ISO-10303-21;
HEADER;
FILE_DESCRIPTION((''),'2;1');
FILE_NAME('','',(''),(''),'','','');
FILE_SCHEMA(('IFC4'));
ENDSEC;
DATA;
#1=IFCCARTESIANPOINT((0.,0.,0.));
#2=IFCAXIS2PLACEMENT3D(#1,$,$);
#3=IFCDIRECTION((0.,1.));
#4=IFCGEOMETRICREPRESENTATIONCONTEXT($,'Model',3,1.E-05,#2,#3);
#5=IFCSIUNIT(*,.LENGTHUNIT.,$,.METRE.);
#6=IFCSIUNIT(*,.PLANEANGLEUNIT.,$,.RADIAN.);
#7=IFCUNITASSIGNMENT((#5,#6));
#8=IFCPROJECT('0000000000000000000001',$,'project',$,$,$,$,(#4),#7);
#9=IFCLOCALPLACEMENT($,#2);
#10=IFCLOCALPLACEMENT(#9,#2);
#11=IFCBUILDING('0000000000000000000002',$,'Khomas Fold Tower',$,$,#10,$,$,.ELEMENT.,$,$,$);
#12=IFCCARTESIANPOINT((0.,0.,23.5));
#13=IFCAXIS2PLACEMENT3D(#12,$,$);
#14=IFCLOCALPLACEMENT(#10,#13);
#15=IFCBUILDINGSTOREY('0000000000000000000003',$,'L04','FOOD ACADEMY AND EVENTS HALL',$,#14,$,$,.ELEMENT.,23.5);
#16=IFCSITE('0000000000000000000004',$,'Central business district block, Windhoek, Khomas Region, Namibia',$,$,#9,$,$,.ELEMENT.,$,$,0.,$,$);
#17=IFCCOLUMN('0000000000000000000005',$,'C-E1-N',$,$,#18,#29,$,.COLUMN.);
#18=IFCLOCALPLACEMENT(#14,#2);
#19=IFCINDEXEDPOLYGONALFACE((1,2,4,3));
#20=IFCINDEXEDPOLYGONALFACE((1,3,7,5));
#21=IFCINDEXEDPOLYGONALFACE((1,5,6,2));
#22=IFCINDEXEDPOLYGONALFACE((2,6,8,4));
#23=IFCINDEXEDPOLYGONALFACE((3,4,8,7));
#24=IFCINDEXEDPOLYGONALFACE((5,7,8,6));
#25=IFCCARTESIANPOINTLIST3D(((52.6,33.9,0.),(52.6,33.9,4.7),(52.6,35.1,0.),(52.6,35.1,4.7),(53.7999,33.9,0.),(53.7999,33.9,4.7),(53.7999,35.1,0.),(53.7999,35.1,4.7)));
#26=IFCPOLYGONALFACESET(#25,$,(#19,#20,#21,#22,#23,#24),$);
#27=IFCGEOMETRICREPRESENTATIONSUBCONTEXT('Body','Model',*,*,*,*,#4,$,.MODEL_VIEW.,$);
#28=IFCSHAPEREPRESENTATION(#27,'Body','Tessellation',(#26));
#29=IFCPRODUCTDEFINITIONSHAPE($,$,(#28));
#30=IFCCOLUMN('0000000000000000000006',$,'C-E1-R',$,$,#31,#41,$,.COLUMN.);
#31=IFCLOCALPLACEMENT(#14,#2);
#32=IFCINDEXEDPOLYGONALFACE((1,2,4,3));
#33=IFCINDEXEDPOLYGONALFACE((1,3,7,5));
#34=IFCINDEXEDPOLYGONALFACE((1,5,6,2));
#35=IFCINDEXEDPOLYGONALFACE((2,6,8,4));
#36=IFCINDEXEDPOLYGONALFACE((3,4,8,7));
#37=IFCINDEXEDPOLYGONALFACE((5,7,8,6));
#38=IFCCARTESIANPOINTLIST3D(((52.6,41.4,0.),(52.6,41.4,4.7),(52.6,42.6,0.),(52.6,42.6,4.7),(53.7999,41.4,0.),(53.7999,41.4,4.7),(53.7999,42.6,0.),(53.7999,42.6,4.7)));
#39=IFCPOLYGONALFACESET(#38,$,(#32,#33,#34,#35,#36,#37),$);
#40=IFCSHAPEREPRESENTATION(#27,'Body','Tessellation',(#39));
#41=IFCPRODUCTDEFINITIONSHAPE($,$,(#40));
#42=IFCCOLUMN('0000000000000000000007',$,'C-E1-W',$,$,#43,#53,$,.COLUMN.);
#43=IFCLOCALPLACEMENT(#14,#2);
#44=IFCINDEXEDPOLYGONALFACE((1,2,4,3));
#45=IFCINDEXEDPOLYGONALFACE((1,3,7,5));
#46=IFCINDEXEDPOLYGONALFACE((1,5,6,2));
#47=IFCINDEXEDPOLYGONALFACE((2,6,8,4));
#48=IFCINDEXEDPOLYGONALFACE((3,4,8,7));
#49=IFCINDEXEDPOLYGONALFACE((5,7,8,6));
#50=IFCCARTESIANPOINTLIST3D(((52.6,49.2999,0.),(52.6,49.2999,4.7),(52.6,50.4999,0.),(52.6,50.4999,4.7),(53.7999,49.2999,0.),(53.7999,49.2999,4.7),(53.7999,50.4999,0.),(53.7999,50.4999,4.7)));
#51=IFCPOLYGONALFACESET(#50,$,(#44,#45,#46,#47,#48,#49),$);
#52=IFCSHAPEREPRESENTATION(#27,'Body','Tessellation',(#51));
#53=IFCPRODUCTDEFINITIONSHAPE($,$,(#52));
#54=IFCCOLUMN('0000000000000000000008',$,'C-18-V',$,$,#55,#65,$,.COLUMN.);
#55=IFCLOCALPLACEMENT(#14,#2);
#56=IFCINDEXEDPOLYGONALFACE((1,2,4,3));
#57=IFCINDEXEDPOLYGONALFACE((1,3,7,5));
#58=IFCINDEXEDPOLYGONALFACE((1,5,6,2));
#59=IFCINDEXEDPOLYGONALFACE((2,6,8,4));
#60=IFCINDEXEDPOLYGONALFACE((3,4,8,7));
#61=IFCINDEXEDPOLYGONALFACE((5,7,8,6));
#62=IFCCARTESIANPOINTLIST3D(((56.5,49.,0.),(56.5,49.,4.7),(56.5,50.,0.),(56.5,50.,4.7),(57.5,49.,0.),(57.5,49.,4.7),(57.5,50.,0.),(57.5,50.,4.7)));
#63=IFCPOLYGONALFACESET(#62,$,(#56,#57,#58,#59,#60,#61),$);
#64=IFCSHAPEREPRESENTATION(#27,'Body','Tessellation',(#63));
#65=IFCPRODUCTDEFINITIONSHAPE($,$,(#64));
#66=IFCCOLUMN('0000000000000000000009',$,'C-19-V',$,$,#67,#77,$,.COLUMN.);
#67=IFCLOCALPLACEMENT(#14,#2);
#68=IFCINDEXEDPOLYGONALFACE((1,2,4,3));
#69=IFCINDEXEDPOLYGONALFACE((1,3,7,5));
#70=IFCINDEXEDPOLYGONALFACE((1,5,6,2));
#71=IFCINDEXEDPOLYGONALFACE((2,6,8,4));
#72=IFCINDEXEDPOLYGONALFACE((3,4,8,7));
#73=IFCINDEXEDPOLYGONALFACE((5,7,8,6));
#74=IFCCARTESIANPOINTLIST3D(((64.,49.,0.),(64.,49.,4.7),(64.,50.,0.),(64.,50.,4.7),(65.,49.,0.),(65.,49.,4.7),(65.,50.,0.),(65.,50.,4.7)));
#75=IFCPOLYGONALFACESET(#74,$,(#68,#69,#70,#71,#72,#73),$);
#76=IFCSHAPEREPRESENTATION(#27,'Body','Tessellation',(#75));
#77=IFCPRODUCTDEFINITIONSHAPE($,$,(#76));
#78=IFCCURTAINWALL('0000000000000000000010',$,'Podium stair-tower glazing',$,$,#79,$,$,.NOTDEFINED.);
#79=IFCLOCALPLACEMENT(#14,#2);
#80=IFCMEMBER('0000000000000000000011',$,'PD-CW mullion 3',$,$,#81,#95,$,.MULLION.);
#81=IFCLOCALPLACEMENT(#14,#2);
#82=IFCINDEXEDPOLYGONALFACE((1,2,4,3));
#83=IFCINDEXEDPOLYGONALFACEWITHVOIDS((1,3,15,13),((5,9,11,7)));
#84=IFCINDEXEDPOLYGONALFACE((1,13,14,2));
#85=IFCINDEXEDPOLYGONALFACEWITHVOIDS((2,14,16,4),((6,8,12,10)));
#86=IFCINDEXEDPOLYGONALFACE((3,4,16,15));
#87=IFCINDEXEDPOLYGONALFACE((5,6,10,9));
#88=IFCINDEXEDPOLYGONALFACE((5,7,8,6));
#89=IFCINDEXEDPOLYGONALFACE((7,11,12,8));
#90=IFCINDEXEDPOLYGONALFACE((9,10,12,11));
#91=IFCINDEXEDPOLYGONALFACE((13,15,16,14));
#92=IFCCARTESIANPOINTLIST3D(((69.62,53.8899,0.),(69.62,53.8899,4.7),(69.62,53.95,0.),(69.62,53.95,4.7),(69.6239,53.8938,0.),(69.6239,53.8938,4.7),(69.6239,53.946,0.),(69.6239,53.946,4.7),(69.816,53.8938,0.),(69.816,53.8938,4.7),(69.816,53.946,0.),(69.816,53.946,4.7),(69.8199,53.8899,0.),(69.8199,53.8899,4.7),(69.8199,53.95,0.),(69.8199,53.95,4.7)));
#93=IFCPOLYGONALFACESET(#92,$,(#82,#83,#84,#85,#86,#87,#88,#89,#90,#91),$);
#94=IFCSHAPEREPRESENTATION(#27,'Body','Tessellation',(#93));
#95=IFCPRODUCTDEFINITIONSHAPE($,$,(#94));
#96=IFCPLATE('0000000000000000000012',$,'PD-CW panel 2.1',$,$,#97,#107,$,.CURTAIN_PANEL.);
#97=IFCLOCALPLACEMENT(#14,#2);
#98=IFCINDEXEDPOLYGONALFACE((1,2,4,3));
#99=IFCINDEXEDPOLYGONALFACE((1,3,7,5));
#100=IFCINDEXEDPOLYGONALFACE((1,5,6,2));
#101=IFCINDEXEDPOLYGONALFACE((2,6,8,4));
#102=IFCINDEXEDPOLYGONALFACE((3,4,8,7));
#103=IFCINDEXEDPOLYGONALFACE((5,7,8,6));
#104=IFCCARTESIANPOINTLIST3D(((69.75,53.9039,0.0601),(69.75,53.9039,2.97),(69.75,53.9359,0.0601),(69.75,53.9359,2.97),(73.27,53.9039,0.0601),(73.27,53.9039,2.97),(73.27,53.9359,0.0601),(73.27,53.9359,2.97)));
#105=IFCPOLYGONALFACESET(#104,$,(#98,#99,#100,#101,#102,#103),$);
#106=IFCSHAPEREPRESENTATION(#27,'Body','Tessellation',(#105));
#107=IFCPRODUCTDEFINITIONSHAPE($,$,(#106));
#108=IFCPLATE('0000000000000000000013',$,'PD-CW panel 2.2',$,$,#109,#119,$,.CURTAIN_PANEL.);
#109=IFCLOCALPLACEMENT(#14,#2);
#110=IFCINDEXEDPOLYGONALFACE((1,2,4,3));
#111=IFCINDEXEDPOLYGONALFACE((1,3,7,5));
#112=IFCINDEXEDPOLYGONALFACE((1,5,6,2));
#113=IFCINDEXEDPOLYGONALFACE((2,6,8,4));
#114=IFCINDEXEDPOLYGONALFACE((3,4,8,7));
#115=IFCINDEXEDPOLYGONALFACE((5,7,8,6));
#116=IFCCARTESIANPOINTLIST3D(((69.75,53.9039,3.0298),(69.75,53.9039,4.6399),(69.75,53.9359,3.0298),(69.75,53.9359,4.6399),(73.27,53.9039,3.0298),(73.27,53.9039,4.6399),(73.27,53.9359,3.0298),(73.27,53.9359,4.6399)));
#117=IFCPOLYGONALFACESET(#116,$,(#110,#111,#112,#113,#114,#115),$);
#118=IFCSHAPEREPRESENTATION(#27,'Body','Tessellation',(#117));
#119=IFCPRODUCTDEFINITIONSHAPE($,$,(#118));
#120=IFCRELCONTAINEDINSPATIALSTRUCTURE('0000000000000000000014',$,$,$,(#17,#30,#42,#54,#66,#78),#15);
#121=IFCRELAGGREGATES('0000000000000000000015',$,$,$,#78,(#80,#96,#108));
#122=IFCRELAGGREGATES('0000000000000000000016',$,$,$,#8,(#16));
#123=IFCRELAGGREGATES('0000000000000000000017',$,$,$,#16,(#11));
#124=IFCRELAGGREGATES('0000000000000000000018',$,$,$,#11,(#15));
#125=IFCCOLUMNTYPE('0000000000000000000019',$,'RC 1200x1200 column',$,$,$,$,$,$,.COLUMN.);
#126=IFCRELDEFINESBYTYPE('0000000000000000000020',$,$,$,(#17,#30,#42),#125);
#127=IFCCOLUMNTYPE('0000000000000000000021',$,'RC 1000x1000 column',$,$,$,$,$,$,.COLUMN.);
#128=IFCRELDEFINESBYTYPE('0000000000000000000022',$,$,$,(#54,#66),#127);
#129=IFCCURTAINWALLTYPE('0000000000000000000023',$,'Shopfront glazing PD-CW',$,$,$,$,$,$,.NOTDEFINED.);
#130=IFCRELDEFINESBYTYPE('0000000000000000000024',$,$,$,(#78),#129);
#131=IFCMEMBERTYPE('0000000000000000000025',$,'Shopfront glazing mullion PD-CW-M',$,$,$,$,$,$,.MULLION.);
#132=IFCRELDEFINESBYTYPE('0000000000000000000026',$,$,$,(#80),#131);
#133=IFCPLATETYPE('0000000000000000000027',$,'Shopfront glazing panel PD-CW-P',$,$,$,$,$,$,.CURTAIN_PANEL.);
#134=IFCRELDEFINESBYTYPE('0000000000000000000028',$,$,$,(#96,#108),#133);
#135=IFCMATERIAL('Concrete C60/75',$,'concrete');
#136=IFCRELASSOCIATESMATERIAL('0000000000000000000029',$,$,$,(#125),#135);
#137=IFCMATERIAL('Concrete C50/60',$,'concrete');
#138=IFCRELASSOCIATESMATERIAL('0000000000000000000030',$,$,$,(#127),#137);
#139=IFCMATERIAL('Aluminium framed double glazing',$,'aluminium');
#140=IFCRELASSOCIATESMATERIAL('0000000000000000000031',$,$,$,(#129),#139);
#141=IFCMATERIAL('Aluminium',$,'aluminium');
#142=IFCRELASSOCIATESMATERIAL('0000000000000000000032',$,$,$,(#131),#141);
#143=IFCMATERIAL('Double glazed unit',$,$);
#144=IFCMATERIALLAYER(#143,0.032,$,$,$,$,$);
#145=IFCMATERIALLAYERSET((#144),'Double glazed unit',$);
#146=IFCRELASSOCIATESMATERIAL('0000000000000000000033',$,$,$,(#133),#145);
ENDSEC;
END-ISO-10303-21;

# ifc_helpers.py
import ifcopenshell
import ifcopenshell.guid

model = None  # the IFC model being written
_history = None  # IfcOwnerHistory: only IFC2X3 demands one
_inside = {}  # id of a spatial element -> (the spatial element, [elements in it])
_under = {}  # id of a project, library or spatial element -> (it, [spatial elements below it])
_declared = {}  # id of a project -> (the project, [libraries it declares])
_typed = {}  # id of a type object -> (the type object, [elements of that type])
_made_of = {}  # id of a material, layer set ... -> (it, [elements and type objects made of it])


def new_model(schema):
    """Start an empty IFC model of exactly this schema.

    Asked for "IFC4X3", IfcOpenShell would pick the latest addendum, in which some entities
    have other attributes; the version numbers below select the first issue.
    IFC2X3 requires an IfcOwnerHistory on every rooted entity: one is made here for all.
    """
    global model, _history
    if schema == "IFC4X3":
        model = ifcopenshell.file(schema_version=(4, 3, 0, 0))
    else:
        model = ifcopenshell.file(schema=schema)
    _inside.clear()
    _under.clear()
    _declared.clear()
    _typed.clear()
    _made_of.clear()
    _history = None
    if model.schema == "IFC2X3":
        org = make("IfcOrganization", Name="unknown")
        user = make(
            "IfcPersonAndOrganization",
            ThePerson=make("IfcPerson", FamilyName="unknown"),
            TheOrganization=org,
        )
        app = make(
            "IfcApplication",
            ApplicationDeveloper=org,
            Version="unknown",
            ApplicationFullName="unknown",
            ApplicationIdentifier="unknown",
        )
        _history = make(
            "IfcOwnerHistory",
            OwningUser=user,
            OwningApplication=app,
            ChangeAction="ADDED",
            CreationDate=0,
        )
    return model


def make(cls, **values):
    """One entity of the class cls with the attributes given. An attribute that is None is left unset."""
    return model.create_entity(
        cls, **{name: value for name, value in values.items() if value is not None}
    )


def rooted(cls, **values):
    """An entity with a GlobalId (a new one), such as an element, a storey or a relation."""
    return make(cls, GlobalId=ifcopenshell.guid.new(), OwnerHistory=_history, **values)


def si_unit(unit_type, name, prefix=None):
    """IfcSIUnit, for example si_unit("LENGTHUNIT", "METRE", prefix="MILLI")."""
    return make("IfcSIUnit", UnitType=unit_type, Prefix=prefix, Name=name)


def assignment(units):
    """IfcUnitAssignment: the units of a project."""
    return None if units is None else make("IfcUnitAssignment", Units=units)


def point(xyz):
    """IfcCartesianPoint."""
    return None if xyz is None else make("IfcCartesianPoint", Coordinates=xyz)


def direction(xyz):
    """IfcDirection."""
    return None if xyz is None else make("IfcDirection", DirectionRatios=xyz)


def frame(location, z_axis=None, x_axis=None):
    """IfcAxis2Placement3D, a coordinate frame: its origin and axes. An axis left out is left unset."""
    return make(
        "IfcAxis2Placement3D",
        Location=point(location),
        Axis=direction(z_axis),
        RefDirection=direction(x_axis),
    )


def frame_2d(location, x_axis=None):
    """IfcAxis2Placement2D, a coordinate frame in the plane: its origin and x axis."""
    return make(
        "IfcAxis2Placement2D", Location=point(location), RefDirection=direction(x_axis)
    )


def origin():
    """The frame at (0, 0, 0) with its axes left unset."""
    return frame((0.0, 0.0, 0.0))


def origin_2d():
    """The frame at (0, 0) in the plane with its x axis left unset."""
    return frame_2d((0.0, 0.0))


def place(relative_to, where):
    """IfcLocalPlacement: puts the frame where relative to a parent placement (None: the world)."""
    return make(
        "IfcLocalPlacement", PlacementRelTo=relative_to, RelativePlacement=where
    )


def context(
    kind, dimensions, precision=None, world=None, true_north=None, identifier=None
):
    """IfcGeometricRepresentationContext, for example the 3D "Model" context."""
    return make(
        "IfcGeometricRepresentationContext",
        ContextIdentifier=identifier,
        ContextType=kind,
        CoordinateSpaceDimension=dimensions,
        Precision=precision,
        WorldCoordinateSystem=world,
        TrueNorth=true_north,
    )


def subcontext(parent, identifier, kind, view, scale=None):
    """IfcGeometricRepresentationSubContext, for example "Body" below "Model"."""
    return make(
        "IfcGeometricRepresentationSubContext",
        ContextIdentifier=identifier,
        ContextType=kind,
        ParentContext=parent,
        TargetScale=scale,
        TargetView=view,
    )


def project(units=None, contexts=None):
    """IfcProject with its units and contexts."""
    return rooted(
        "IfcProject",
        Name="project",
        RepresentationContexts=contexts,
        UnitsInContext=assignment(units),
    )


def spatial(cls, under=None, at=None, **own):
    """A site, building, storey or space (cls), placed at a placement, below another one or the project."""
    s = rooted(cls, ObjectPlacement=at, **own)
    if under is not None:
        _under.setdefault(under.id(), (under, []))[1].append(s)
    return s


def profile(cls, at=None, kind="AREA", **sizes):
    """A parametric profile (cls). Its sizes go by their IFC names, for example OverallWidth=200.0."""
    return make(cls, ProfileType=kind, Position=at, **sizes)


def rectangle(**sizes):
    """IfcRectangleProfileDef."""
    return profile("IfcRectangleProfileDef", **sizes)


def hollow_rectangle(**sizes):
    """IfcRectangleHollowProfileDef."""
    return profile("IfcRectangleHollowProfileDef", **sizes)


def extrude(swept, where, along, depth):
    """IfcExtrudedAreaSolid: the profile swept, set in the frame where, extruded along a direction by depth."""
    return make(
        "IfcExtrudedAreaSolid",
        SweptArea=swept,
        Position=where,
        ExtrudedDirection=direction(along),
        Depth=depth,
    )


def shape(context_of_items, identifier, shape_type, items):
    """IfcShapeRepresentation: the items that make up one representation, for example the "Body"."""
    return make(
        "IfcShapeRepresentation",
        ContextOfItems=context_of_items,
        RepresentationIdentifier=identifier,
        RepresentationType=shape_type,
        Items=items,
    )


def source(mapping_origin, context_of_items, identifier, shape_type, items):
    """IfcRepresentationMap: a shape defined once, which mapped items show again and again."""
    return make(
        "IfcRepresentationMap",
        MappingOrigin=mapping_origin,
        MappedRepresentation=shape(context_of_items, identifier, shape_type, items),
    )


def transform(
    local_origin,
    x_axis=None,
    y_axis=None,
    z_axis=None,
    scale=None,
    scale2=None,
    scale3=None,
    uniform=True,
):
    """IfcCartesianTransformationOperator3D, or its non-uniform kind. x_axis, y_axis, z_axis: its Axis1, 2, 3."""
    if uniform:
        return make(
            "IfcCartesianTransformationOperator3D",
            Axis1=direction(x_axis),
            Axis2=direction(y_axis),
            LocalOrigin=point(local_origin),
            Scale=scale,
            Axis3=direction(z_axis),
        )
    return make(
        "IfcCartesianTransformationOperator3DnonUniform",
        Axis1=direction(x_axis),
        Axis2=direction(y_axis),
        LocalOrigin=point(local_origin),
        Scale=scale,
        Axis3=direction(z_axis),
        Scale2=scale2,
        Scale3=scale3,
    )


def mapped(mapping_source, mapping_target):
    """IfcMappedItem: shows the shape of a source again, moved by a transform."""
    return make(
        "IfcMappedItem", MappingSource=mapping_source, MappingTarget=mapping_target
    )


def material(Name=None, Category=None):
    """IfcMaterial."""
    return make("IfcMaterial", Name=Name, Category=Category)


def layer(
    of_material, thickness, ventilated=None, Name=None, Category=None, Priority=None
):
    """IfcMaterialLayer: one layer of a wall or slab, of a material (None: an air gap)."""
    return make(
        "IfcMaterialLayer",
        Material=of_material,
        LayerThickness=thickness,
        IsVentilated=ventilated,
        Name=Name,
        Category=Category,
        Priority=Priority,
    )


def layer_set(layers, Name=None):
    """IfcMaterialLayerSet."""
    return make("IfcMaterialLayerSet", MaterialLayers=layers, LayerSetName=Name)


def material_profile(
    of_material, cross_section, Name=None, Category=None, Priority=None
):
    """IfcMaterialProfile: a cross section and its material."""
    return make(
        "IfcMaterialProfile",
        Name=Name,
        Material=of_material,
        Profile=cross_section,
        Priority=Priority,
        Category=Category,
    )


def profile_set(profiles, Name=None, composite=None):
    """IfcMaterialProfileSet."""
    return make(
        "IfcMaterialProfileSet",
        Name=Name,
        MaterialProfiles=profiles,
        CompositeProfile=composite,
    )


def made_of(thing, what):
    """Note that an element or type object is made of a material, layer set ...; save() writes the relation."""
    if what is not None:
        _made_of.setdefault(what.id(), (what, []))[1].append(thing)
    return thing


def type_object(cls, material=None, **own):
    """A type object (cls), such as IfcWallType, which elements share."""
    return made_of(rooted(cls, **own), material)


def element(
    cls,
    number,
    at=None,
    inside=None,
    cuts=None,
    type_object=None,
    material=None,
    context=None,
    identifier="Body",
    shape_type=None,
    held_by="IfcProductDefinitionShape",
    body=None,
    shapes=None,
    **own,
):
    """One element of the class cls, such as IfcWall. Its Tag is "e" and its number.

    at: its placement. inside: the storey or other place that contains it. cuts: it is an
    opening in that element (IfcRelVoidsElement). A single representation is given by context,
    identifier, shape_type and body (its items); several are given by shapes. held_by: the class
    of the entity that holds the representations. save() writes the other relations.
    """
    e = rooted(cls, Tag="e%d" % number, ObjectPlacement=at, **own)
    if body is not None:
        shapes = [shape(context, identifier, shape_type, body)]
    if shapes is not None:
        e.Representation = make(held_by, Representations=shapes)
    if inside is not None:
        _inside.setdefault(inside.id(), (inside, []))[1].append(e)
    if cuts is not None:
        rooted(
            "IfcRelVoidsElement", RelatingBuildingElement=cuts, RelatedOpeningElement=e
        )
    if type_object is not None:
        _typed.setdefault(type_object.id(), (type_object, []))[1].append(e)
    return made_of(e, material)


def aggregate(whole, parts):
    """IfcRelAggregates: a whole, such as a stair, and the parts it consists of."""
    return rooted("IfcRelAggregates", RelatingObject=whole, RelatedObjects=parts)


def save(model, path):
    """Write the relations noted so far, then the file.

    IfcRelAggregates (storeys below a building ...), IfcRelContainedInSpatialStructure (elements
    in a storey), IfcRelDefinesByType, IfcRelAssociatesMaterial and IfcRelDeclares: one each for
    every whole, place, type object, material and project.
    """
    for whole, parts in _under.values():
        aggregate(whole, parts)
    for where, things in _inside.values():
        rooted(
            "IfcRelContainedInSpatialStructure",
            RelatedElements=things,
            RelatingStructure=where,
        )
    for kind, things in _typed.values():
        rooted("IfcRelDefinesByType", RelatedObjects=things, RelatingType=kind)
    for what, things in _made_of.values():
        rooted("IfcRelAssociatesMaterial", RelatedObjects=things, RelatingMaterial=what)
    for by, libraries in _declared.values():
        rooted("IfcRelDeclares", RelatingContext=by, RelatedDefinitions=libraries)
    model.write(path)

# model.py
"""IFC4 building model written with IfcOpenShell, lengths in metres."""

from ifc_helpers import new_model, si_unit, direction, frame, origin, origin_2d, place, context, subcontext, project, spatial, rectangle, hollow_rectangle, extrude, source, transform, mapped, material, layer, layer_set, material_profile, profile_set, type_object, element, aggregate, save


model = new_model("IFC4")

# Units and contexts
model_context = context("Model", 3, precision=1e-05, world=origin(), true_north=direction((0.0, 1.0)))
body_context = subcontext(model_context, "Body", "Model", "MODEL_VIEW")
ifc_project = project(units=[si_unit("LENGTHUNIT", "METRE"), si_unit("PLANEANGLEUNIT", "RADIAN")], contexts=[model_context])

# Site, building, storey
site_placement = place(None, origin())
site = spatial("IfcSite", under=ifc_project, at=site_placement, Name="Central business district block, Windhoek, Khomas Region, Namibia", CompositionType="ELEMENT", RefElevation=0.0)
building_placement = place(site_placement, origin())
building = spatial("IfcBuilding", under=site, at=building_placement, Name="Khomas Fold Tower", CompositionType="ELEMENT")
storey_placement = place(building_placement, frame((0.0, 0.0, 23.5)))
storey = spatial("IfcBuildingStorey", under=building, at=storey_placement, Name="L04", Description="FOOD ACADEMY AND EVENTS HALL", CompositionType="ELEMENT", Elevation=23.5)

# Columns
ifc_material_1 = material(Name="Concrete C60/75", Category="concrete")
ifc_material_profile_1 = material_profile(ifc_material_1, rectangle(XDim=1.2, YDim=1.2, at=origin_2d()), Name="RC 1200x1200")
ifc_profile_set_1 = profile_set([ifc_material_profile_1], Name="Concrete C60/75")
column_type_1 = type_object("IfcColumnType", Name="RC 1200x1200 column", PredefinedType="COLUMN", material=ifc_profile_set_1)
shared_shape_1 = source(origin(), body_context, "Body", "SweptSolid", [
    extrude(rectangle(XDim=1.2, YDim=1.2, at=origin_2d()), origin(), (0.0, 0.0, 1.0), 4.7),
])
for number, where, z_axis, x_axis, name in (
    (1, (53.2, 34.5, 0.0), (0.0, 0.0, 1.0), (1.0, 0.0, 0.0), "C-E1-N"),
    (2, (53.2, 42.0, 0.0), (0.0, 0.0, 1.0), (1.0, 0.0, 0.0), "C-E1-R"),
    (3, (53.2, 49.8999, 0.0), (0.0, 0.0, 1.0), (1.0, 0.0, 0.0), "C-E1-W"),
):
    element("IfcColumn", number, at=place(storey_placement, frame(where, z_axis=z_axis, x_axis=x_axis)), inside=storey, type_object=column_type_1, Name=name, PredefinedType="COLUMN", context=body_context, shape_type="MappedRepresentation", body=[
        mapped(shared_shape_1, transform((0.0, 0.0, 0.0))),
    ])
ifc_material_2 = material(Name="Concrete C50/60", Category="concrete")
ifc_material_profile_2 = material_profile(ifc_material_2, rectangle(XDim=1.0, YDim=1.0, at=origin_2d()), Name="RC 1000x1000")
ifc_profile_set_2 = profile_set([ifc_material_profile_2], Name="Concrete C50/60")
column_type_2 = type_object("IfcColumnType", Name="RC 1000x1000 column", PredefinedType="COLUMN", material=ifc_profile_set_2)
shared_shape_2 = source(origin(), body_context, "Body", "SweptSolid", [
    extrude(rectangle(XDim=1.0, YDim=1.0, at=origin_2d()), origin(), (0.0, 0.0, 1.0), 4.7),
])
for number, where, z_axis, x_axis, name in (
    (4, (57.0, 49.5, 0.0), (0.0, 0.0, 1.0), (1.0, 0.0, 0.0), "C-18-V"),
    (5, (64.5, 49.5, 0.0), (0.0, 0.0, 1.0), (1.0, 0.0, 0.0), "C-19-V"),
):
    element("IfcColumn", number, at=place(storey_placement, frame(where, z_axis=z_axis, x_axis=x_axis)), inside=storey, type_object=column_type_2, Name=name, PredefinedType="COLUMN", context=body_context, shape_type="MappedRepresentation", body=[
        mapped(shared_shape_2, transform((0.0, 0.0, 0.0))),
    ])

# Curtain wall, member, plates
ifc_material_3 = material(Name="Aluminium framed double glazing", Category="aluminium")
curtain_wall_type = type_object("IfcCurtainWallType", Name="Shopfront glazing PD-CW", PredefinedType="NOTDEFINED", material=ifc_material_3)
curtain_wall_placement = place(storey_placement, origin())
curtain_wall = element("IfcCurtainWall", 6, at=curtain_wall_placement, inside=storey, type_object=curtain_wall_type, Name="Podium stair-tower glazing", PredefinedType="NOTDEFINED")
ifc_material_4 = material(Name="Aluminium", Category="aluminium")
ifc_material_profile_3 = material_profile(ifc_material_4, hollow_rectangle(XDim=0.0601, YDim=0.2, WallThickness=0.0039, at=origin_2d()), Name="Shopfront glazing mullion PD-CW-M")
ifc_profile_set_3 = profile_set([ifc_material_profile_3], Name="Aluminium")
member_type = type_object("IfcMemberType", Name="Shopfront glazing mullion PD-CW-M", PredefinedType="MULLION", material=ifc_profile_set_3)
shared_shape_3 = source(origin(), body_context, "Body", "SweptSolid", [
    extrude(hollow_rectangle(XDim=0.0601, YDim=0.2, WallThickness=0.0039, at=origin_2d()), origin(), (0.0, 0.0, 1.0), 4.7),
])
member_placement = place(storey_placement, frame((69.72, 53.9199, 0.0), z_axis=(0.0, 0.0, 1.0), x_axis=(0.0, -1.0, 0.0)))
member = element("IfcMember", 7, at=member_placement, type_object=member_type, Name="PD-CW mullion 3", PredefinedType="MULLION", context=body_context, shape_type="MappedRepresentation", body=[
    mapped(shared_shape_3, transform((0.0, 0.0, 0.0))),
])
ifc_material_5 = material(Name="Double glazed unit")
ifc_layer_1 = layer(ifc_material_5, 0.032)
ifc_layer_set_1 = layer_set([ifc_layer_1], Name="Double glazed unit")
plate_type = type_object("IfcPlateType", Name="Shopfront glazing panel PD-CW-P", PredefinedType="CURTAIN_PANEL", material=ifc_layer_set_1)
shared_shape_4 = source(origin(), body_context, "Body", "SweptSolid", [
    extrude(rectangle(XDim=3.52, YDim=0.032, at=origin_2d()), origin(), (0.0, 0.0, 1.0), 2.9099),
])
plate_1_placement = place(storey_placement, frame((71.51, 53.9199, 0.0601), z_axis=(0.0, 0.0, 1.0), x_axis=(-1.0, 0.0, 0.0)))
plate_1 = element("IfcPlate", 8, at=plate_1_placement, type_object=plate_type, Name="PD-CW panel 2.1", PredefinedType="CURTAIN_PANEL", context=body_context, shape_type="MappedRepresentation", body=[
    mapped(shared_shape_4, transform((0.0, 0.0, 0.0))),
])
shared_shape_5 = source(origin(), body_context, "Body", "SweptSolid", [
    extrude(rectangle(XDim=3.52, YDim=0.032, at=origin_2d()), origin(), (0.0, 0.0, 1.0), 1.6101),
])
plate_2_placement = place(storey_placement, frame((71.51, 53.9199, 3.0298), z_axis=(0.0, 0.0, 1.0), x_axis=(-1.0, 0.0, 0.0)))
plate_2 = element("IfcPlate", 9, at=plate_2_placement, type_object=plate_type, Name="PD-CW panel 2.2", PredefinedType="CURTAIN_PANEL", context=body_context, shape_type="MappedRepresentation", body=[
    mapped(shared_shape_5, transform((0.0, 0.0, 0.0))),
])
aggregate(curtain_wall, [member, plate_1, plate_2])

save(model, "model.ifc")
